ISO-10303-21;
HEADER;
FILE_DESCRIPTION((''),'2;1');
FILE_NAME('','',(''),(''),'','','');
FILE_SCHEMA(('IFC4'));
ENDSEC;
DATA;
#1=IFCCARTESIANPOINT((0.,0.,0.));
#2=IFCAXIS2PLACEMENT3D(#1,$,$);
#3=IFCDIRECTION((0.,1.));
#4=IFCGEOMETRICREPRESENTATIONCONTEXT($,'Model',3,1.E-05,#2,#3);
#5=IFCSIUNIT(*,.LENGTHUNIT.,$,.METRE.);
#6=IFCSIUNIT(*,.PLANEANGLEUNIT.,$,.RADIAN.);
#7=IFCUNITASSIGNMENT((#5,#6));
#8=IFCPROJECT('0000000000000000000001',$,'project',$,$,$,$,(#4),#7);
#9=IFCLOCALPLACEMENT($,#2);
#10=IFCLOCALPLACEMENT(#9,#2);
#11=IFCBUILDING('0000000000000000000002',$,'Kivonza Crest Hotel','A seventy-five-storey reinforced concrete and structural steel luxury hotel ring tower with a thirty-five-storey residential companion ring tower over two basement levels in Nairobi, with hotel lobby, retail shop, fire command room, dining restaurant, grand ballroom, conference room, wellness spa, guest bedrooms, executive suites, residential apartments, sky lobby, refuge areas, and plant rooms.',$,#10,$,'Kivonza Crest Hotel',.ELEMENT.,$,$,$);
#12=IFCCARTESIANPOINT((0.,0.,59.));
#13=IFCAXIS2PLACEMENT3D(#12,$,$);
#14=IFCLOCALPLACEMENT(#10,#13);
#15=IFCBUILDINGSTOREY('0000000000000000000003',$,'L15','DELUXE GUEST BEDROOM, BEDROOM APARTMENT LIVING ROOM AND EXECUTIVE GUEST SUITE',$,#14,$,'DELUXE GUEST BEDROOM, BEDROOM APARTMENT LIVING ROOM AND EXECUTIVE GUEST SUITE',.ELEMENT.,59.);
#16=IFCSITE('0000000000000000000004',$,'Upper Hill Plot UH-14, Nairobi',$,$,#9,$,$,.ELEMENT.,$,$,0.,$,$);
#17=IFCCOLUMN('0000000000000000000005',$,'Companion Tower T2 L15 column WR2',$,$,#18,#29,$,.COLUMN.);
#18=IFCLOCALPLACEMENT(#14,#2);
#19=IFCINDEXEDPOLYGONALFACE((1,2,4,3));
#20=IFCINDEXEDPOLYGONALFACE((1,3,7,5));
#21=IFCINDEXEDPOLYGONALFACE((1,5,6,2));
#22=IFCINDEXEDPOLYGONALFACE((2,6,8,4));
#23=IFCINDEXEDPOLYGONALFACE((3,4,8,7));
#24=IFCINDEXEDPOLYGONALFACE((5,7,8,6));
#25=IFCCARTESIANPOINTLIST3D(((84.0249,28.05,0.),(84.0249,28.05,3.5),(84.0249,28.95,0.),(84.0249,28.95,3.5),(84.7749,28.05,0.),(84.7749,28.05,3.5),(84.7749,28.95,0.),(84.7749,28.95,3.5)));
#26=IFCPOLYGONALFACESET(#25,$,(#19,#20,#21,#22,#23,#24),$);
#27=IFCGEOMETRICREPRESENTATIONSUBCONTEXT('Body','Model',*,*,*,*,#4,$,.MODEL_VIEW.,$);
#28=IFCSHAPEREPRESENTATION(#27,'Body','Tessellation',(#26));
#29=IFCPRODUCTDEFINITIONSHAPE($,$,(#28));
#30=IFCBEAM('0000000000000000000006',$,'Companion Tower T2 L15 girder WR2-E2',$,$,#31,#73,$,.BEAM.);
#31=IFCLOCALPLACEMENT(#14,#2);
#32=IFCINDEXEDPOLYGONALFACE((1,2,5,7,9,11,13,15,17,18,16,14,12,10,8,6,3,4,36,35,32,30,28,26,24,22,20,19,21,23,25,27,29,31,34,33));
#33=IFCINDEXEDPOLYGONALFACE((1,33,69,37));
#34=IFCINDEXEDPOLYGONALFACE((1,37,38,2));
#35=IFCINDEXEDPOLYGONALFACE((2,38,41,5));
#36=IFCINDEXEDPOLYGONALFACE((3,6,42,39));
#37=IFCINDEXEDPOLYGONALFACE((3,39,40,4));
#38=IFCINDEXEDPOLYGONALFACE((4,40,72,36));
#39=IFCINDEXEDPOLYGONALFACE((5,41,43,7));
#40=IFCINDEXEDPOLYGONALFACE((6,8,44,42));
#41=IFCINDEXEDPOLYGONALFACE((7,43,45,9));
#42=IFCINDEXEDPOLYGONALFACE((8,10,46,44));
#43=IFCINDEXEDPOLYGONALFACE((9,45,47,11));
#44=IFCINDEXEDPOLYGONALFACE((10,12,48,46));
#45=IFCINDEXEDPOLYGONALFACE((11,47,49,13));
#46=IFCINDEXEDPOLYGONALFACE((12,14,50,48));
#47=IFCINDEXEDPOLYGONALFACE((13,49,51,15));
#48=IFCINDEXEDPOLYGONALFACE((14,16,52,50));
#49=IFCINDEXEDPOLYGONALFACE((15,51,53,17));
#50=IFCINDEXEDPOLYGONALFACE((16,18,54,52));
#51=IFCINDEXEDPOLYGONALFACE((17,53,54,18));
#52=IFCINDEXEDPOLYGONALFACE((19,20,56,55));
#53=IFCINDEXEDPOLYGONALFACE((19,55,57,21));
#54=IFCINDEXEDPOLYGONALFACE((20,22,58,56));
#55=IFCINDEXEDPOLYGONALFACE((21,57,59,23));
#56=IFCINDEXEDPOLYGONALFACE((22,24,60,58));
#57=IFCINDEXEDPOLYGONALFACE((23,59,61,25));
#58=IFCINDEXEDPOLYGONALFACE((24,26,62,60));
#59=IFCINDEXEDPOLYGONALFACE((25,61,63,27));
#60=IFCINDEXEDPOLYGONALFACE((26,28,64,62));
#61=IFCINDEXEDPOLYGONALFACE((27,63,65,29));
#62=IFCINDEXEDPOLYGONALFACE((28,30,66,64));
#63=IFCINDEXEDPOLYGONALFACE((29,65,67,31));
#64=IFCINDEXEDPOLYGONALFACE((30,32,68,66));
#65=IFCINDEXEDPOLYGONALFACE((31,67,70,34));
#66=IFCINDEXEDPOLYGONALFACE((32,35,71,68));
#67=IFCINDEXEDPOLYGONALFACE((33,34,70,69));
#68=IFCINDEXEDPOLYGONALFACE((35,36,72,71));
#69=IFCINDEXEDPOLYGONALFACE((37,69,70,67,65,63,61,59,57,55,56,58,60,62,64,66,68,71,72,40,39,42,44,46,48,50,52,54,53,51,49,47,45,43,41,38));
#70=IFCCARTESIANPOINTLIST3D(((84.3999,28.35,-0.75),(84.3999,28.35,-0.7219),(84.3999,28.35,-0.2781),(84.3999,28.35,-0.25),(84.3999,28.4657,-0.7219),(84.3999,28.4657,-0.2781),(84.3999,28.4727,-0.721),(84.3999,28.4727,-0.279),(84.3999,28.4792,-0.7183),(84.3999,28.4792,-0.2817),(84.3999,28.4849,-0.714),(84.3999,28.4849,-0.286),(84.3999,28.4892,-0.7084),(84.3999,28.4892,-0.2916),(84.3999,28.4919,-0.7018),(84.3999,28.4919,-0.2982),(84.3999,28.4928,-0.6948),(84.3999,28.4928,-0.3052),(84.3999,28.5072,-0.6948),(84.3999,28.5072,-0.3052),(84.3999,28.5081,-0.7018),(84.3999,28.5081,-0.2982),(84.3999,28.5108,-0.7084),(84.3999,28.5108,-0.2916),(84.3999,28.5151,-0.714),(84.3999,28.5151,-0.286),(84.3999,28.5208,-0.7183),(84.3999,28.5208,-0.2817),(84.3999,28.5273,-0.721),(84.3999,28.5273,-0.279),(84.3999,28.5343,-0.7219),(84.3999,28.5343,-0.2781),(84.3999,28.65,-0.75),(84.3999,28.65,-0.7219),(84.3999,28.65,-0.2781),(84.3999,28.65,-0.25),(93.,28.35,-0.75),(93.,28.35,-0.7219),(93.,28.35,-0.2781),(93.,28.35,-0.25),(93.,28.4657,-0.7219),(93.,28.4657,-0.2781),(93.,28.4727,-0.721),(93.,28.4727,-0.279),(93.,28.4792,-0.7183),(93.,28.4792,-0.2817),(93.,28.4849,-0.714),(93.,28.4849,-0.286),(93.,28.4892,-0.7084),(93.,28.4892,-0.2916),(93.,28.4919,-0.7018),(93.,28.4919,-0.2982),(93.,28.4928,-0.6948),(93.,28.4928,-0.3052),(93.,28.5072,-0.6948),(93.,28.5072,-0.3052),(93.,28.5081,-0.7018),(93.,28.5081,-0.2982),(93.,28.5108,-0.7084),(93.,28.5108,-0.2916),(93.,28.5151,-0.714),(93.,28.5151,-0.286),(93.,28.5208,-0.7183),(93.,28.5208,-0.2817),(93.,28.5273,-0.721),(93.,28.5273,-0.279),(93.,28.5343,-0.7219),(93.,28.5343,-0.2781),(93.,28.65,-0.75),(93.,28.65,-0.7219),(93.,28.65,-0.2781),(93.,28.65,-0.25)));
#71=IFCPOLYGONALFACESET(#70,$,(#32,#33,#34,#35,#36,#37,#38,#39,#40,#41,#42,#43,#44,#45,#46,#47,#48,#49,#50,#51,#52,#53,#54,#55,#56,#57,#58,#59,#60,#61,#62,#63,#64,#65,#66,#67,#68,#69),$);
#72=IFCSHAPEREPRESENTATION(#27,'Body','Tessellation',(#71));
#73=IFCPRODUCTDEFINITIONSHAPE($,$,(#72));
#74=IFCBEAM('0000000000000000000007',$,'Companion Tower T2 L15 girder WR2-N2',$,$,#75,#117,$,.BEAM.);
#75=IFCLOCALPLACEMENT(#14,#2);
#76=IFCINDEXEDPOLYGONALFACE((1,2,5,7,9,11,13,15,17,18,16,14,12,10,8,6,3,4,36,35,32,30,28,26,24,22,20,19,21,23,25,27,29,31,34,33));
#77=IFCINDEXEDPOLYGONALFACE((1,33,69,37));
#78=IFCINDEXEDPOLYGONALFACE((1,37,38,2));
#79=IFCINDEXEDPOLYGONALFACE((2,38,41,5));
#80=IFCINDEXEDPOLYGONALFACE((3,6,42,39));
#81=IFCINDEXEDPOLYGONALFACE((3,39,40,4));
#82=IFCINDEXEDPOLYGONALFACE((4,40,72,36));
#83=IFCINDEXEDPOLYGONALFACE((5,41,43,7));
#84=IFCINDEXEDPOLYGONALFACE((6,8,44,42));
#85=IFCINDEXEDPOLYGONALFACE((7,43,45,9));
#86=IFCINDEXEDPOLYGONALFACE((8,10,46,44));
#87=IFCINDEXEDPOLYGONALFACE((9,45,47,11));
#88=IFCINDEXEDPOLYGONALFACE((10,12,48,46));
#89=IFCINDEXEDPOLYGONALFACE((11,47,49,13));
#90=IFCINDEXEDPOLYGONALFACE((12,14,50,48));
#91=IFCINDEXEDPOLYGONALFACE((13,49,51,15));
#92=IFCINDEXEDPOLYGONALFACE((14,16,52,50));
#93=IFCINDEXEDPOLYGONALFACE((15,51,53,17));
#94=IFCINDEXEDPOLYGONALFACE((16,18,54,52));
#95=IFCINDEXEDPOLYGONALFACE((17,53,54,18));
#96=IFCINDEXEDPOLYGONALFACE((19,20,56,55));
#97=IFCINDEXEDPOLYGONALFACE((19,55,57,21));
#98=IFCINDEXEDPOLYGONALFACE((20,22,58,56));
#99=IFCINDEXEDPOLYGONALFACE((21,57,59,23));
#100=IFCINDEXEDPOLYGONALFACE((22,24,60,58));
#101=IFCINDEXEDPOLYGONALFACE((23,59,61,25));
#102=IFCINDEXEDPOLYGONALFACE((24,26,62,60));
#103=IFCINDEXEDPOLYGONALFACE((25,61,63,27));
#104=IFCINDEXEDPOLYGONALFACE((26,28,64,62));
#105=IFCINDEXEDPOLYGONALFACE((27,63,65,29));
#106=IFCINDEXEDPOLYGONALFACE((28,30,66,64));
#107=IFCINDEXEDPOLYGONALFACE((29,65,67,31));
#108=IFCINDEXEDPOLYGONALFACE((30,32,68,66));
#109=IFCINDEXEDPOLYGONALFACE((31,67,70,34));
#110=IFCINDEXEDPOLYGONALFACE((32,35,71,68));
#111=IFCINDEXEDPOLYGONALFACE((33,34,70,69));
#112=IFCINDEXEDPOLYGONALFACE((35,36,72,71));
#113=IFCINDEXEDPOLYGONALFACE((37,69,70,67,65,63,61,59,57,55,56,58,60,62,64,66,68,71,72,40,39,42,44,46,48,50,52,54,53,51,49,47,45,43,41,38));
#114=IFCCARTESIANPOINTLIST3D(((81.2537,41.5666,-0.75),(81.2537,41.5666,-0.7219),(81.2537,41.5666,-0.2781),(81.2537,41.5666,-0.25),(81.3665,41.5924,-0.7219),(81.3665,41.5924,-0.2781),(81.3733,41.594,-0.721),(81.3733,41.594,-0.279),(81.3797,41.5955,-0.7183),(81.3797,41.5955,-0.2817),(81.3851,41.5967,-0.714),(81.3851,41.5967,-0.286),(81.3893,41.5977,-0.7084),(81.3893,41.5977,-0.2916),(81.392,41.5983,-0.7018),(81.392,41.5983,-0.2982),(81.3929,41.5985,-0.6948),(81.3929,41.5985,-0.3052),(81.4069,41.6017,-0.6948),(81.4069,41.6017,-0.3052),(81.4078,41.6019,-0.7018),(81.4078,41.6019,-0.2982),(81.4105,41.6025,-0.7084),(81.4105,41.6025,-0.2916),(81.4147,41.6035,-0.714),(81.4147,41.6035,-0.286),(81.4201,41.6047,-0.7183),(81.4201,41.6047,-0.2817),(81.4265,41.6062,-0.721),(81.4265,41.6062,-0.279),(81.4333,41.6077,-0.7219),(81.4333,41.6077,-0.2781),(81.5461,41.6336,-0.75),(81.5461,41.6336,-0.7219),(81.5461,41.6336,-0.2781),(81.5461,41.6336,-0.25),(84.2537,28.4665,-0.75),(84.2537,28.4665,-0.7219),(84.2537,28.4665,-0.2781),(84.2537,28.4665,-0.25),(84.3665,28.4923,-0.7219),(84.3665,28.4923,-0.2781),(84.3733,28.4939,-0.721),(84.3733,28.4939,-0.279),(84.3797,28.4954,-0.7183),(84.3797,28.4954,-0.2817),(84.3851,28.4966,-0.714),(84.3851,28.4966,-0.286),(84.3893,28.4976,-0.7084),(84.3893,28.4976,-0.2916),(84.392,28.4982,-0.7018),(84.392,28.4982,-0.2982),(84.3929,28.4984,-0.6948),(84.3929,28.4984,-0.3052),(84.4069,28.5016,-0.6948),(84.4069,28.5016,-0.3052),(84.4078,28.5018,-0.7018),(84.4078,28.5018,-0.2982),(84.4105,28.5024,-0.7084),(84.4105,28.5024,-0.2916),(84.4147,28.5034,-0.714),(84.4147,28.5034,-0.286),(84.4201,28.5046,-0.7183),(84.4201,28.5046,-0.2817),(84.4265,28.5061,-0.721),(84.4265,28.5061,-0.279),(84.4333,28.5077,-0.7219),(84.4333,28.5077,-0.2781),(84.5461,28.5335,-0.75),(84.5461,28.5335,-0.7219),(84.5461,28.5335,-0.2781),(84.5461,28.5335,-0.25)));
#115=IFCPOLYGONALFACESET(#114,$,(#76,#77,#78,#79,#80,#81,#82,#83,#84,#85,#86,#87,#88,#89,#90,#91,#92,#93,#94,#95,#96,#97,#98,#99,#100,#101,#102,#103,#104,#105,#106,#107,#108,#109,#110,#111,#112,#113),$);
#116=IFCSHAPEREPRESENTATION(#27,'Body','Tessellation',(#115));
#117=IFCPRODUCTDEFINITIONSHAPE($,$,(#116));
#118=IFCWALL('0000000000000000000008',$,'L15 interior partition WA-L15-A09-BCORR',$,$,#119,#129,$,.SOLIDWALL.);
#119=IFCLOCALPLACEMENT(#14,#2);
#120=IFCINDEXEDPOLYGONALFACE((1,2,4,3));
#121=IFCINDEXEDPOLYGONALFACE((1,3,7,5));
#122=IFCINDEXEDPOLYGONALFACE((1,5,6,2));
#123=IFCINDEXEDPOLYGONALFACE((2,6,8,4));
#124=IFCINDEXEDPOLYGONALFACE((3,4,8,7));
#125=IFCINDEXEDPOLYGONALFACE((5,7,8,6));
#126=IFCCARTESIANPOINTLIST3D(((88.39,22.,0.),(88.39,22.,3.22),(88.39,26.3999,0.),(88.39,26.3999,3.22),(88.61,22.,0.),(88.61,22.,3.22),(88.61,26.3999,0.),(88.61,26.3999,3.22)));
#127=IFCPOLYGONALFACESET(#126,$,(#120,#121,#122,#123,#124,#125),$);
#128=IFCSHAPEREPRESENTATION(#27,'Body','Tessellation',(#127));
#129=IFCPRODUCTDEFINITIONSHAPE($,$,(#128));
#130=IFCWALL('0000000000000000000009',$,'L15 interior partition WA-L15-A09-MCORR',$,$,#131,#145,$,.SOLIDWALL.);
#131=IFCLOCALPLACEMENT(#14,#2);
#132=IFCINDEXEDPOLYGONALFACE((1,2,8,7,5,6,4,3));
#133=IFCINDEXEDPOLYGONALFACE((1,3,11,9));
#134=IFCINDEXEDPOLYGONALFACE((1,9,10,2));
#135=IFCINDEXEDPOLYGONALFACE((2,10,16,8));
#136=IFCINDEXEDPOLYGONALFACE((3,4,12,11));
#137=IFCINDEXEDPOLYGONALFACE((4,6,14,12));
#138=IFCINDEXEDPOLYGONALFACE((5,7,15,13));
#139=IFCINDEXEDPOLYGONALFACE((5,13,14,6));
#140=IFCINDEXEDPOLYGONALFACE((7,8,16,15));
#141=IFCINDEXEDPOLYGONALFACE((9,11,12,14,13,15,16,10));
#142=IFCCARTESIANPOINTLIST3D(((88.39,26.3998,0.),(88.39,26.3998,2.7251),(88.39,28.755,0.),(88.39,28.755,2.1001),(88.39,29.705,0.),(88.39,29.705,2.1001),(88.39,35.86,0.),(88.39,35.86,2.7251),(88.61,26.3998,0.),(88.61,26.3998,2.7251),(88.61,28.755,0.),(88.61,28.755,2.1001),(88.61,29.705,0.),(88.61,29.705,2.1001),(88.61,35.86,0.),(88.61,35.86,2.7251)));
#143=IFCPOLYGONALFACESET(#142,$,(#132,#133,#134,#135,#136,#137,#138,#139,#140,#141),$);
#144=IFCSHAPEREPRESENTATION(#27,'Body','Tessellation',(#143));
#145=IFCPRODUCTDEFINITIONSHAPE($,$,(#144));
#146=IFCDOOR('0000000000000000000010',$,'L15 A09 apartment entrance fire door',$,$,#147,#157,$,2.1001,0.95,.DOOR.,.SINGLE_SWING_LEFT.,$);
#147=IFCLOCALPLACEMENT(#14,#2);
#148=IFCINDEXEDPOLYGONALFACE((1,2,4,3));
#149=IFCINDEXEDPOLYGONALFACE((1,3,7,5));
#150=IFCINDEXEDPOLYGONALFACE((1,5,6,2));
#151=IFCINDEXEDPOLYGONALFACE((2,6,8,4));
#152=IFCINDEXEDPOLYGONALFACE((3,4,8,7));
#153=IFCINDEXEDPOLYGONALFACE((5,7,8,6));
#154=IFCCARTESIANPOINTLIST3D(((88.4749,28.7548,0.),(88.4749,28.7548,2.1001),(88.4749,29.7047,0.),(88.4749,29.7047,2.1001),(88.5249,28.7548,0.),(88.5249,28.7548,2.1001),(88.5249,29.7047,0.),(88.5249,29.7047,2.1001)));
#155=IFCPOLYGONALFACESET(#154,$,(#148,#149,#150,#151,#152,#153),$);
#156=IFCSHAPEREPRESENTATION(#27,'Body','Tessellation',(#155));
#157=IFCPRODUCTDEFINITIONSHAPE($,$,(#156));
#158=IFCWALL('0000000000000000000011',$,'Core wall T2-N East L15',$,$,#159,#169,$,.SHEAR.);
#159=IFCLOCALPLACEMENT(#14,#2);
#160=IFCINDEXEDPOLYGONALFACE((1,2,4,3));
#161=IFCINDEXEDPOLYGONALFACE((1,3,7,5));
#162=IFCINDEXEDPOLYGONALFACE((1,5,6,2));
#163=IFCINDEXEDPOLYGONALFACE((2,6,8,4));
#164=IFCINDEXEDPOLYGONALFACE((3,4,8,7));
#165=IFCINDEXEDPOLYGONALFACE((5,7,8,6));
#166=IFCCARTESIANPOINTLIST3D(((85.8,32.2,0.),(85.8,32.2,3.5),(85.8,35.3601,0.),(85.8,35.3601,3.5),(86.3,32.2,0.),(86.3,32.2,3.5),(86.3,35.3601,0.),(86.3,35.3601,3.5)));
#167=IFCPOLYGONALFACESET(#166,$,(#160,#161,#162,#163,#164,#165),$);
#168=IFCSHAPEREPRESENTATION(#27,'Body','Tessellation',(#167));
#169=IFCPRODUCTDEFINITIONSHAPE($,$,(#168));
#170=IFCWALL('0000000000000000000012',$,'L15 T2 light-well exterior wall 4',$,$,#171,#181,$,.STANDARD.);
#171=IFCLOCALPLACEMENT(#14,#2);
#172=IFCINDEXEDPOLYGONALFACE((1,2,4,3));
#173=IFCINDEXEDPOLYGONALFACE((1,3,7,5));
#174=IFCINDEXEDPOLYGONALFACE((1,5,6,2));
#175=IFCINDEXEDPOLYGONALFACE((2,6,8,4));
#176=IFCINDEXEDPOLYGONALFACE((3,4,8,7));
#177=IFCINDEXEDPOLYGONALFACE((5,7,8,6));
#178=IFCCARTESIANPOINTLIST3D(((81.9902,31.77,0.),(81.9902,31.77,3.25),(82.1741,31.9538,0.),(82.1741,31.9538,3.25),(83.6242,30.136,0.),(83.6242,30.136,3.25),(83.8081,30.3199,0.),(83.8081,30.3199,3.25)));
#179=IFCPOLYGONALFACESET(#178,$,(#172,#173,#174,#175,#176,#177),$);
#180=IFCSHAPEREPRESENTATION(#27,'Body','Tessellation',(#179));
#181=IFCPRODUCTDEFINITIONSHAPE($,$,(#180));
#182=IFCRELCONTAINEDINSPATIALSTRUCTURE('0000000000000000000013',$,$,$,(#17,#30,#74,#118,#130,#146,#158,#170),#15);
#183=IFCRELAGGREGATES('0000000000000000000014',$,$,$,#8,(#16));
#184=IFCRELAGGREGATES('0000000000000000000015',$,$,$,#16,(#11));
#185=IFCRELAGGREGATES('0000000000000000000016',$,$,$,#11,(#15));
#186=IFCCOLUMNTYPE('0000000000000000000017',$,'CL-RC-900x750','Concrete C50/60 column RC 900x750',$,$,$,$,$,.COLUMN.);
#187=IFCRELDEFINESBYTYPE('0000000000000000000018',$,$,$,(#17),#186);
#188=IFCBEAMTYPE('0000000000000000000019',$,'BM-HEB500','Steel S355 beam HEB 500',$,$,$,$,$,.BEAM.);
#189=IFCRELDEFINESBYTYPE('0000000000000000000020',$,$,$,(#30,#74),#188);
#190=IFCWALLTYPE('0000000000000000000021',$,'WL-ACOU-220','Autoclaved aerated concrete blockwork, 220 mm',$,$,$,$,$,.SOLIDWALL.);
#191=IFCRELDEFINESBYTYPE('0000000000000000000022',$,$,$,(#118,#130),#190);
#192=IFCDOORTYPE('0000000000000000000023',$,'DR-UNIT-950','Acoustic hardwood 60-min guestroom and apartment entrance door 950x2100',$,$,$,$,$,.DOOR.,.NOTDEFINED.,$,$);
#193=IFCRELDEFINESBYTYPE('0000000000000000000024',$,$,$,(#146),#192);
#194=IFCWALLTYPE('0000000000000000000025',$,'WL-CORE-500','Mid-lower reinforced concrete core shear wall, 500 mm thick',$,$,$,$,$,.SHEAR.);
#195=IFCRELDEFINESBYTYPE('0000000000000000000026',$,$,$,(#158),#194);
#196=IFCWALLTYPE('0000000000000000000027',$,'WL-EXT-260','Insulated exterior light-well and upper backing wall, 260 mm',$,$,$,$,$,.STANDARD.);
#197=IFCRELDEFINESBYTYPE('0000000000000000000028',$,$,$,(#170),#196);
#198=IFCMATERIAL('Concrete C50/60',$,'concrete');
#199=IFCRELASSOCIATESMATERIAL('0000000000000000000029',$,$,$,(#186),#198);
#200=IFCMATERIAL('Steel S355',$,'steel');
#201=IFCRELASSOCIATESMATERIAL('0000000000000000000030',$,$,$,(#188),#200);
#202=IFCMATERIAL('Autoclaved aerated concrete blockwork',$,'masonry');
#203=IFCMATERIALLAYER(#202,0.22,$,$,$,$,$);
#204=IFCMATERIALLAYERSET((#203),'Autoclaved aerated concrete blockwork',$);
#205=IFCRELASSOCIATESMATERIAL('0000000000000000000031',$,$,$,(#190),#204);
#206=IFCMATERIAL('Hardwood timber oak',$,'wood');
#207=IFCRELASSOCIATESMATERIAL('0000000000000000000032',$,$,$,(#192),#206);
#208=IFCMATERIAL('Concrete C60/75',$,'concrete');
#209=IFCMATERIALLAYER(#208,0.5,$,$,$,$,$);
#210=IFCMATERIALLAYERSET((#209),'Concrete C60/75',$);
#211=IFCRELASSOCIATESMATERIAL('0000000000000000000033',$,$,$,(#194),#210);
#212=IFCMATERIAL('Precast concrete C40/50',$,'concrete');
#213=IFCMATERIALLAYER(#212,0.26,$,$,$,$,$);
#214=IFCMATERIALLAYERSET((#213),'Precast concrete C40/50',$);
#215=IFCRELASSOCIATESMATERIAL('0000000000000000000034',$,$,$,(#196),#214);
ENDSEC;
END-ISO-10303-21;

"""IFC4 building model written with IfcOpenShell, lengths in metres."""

from ifc_helpers import new_model, si_unit, direction, frame, frame_2d, origin, origin_2d, place, context, subcontext, project, spatial, rectangle, i_section, extrude, material, layer, layer_set, material_profile, profile_set, type_object, element, fill, save


model = new_model("IFC4")

# Units and contexts
model_context = context("Model", 3, precision=1e-05, world=origin(), true_north=direction((0.0, 1.0)))
body_context = subcontext(model_context, "Body", "Model", "MODEL_VIEW")
ifc_project = project(units=[si_unit("LENGTHUNIT", "METRE"), si_unit("PLANEANGLEUNIT", "RADIAN")], contexts=[model_context])

# Site, building, storey
site_placement = place(None, origin())
site = spatial("IfcSite", under=ifc_project, at=site_placement, Name="Upper Hill Plot UH-14, Nairobi", CompositionType="ELEMENT", RefElevation=0.0)
building_placement = place(site_placement, origin())
building = spatial("IfcBuilding", under=site, at=building_placement, Name="Kivonza Crest Hotel", Description="A seventy-five-storey reinforced concrete and structural steel luxury hotel ring tower with a thirty-five-storey residential companion ring tower over two basement levels in Nairobi, with hotel lobby, retail shop, fire command room, dining restaurant, grand ballroom, conference room, wellness spa, guest bedrooms, executive suites, residential apartments, sky lobby, refuge areas, and plant rooms.", LongName="Kivonza Crest Hotel", CompositionType="ELEMENT")
storey_placement = place(building_placement, frame((0.0, 0.0, 59.0)))
storey = spatial("IfcBuildingStorey", under=building, at=storey_placement, Name="L15", Description="DELUXE GUEST BEDROOM, BEDROOM APARTMENT LIVING ROOM AND EXECUTIVE GUEST SUITE", LongName="DELUXE GUEST BEDROOM, BEDROOM APARTMENT LIVING ROOM AND EXECUTIVE GUEST SUITE", CompositionType="ELEMENT", Elevation=59.0)

# Column
ifc_material_1 = material(Name="Concrete C50/60", Category="concrete")
ifc_material_profile_1 = material_profile(ifc_material_1, rectangle(XDim=0.75, YDim=0.8999, at=origin_2d()), Name="RC 900x750")
ifc_profile_set_1 = profile_set([ifc_material_profile_1], Name="Concrete C50/60")
column_type = type_object("IfcColumnType", Name="CL-RC-900x750", Description="Concrete C50/60 column RC 900x750", PredefinedType="COLUMN", material=ifc_profile_set_1)
column_placement = place(storey_placement, frame((84.3999, 28.5, 0.0), z_axis=(0.0, 0.0, 1.0), x_axis=(1.0, 0.0, 0.0)))
element("IfcColumn", 1, at=column_placement, inside=storey, type_object=column_type, Name="Companion Tower T2 L15 column WR2", PredefinedType="COLUMN", context=body_context, shape_type="SweptSolid", body=[
    extrude(rectangle(XDim=0.75, YDim=0.8999, at=origin_2d()), origin(), (0.0, 0.0, 1.0), 3.5),
])

# Beams
ifc_material_2 = material(Name="Steel S355", Category="steel")
ifc_material_profile_2 = material_profile(ifc_material_2, i_section(OverallWidth=0.3, OverallDepth=0.5, WebThickness=0.0144, FlangeThickness=0.0281, FilletRadius=0.0271, at=origin_2d()), Name="HEB 500")
ifc_profile_set_2 = profile_set([ifc_material_profile_2], Name="Steel S355")
beam_type = type_object("IfcBeamType", Name="BM-HEB500", Description="Steel S355 beam HEB 500", PredefinedType="BEAM", material=ifc_profile_set_2)
beam_1_placement = place(storey_placement, frame((84.3999, 28.5, -0.5), z_axis=(1.0, 0.0, 0.0), x_axis=(0.0, 1.0, 0.0)))
element("IfcBeam", 2, at=beam_1_placement, inside=storey, type_object=beam_type, Name="Companion Tower T2 L15 girder WR2-E2", PredefinedType="BEAM", context=body_context, shape_type="SweptSolid", body=[
    extrude(i_section(OverallWidth=0.3, OverallDepth=0.5, WebThickness=0.0144, FlangeThickness=0.0281, FilletRadius=0.0271, at=origin_2d()), origin(), (0.0, 0.0, 1.0), 8.6001),
])
beam_2_placement = place(storey_placement, frame((84.3999, 28.5, -0.5), z_axis=(-0.223227, 0.974766, 0.0), x_axis=(-0.974766, -0.223227, 0.0)))
element("IfcBeam", 3, at=beam_2_placement, inside=storey, type_object=beam_type, Name="Companion Tower T2 L15 girder WR2-N2", PredefinedType="BEAM", context=body_context, shape_type="SweptSolid", body=[
    extrude(i_section(OverallWidth=0.3, OverallDepth=0.5, WebThickness=0.0144, FlangeThickness=0.0281, FilletRadius=0.0271, at=origin_2d()), origin(), (0.0, 0.0, 1.0), 13.4392),
])

# Wall
ifc_material_3 = material(Name="Autoclaved aerated concrete blockwork", Category="masonry")
ifc_layer_1 = layer(ifc_material_3, 0.22)
ifc_layer_set_1 = layer_set([ifc_layer_1], Name="Autoclaved aerated concrete blockwork")
wall_type_1 = type_object("IfcWallType", Name="WL-ACOU-220", Description="Autoclaved aerated concrete blockwork, 220 mm", PredefinedType="SOLIDWALL", material=ifc_layer_set_1)
wall_1_placement = place(storey_placement, frame((88.5, 22.0, 0.0), z_axis=(0.0, 0.0, 1.0), x_axis=(0.0, 1.0, 0.0)))
element("IfcWall", 4, at=wall_1_placement, inside=storey, type_object=wall_type_1, Name="L15 interior partition WA-L15-A09-BCORR", PredefinedType="SOLIDWALL", context=body_context, shape_type="SweptSolid", body=[
    extrude(rectangle(XDim=4.3999, YDim=0.22, at=frame_2d((2.2, 0.0))), origin(), (0.0, 0.0, 1.0), 3.22),
])

# Wall, opening, door
wall_2_placement = place(storey_placement, frame((88.5, 26.3999, 0.0), z_axis=(0.0, 0.0, 1.0), x_axis=(0.0, 1.0, 0.0)))
wall_2 = element("IfcWall", 5, at=wall_2_placement, inside=storey, type_object=wall_type_1, Name="L15 interior partition WA-L15-A09-MCORR", PredefinedType="SOLIDWALL", context=body_context, shape_type="SweptSolid", body=[
    extrude(rectangle(XDim=9.4602, YDim=0.22, at=frame_2d((4.73, 0.0))), origin(), (0.0, 0.0, 1.0), 2.7251),
])
opening_1_placement = place(wall_2_placement, frame((2.355, 0.0, 0.0)))
opening_1 = element("IfcOpeningElement", 6, at=opening_1_placement, cuts=wall_2, PredefinedType="OPENING", context=body_context, shape_type="SweptSolid", body=[
    extrude(rectangle(XDim=0.95, YDim=2.1001, at=frame_2d((0.4751, 1.05))), frame((0.0, 0.1201, 0.0), z_axis=(0.0, -1.0, 0.0), x_axis=(1.0, 0.0, 0.0)), (0.0, 0.0, 1.0), 0.24),
])
ifc_material_4 = material(Name="Hardwood timber oak", Category="wood")
door_type_1 = type_object("IfcDoorType", Name="DR-UNIT-950", Description="Acoustic hardwood 60-min guestroom and apartment entrance door 950x2100", OperationType="NOTDEFINED", PredefinedType="DOOR", material=ifc_material_4)
door_1_placement = place(opening_1_placement, frame((0.95, 0.0, 0.0), z_axis=(0.0, 0.0, 1.0), x_axis=(-1.0, 0.0, 0.0)))
door_1 = element("IfcDoor", 7, at=door_1_placement, inside=storey, type_object=door_type_1, Name="L15 A09 apartment entrance fire door", OperationType="SINGLE_SWING_LEFT", OverallHeight=2.1001, OverallWidth=0.95, PredefinedType="DOOR", context=body_context, shape_type="SweptSolid", body=[
    extrude(rectangle(XDim=0.95, YDim=2.1001, at=frame_2d((0.4751, 1.05))), frame((0.0, 0.0249, 0.0), z_axis=(0.0, -1.0, 0.0), x_axis=(1.0, 0.0, 0.0)), (0.0, 0.0, 1.0), 0.05),
])
fill(opening_1, door_1)

# Walls
ifc_material_5 = material(Name="Concrete C60/75", Category="concrete")
ifc_layer_2 = layer(ifc_material_5, 0.5)
ifc_layer_set_2 = layer_set([ifc_layer_2], Name="Concrete C60/75")
wall_type_2 = type_object("IfcWallType", Name="WL-CORE-500", Description="Mid-lower reinforced concrete core shear wall, 500 mm thick", PredefinedType="SHEAR", material=ifc_layer_set_2)
wall_3_placement = place(storey_placement, frame((86.05, 32.2, 0.0), z_axis=(0.0, 0.0, 1.0), x_axis=(0.0, 1.0, 0.0)))
element("IfcWall", 8, at=wall_3_placement, inside=storey, type_object=wall_type_2, Name="Core wall T2-N East L15", PredefinedType="SHEAR", context=body_context, shape_type="SweptSolid", body=[
    extrude(rectangle(XDim=3.1602, YDim=0.5, at=frame_2d((1.5801, 0.0))), origin(), (0.0, 0.0, 1.0), 3.5),
])
ifc_material_6 = material(Name="Precast concrete C40/50", Category="concrete")
ifc_layer_3 = layer(ifc_material_6, 0.26)
ifc_layer_set_3 = layer_set([ifc_layer_3], Name="Precast concrete C40/50")
wall_type_3 = type_object("IfcWallType", Name="WL-EXT-260", Description="Insulated exterior light-well and upper backing wall, 260 mm", PredefinedType="STANDARD", material=ifc_layer_set_3)
wall_4_placement = place(storey_placement, frame((83.7161, 30.228, 0.0), z_axis=(0.0, 0.0, 1.0), x_axis=(-0.707107, 0.707107, 0.0)))
element("IfcWall", 9, at=wall_4_placement, inside=storey, type_object=wall_type_3, Name="L15 T2 light-well exterior wall 4", PredefinedType="STANDARD", context=body_context, shape_type="SweptSolid", body=[
    extrude(rectangle(XDim=2.3108, YDim=0.26, at=frame_2d((1.1553, 0.0))), origin(), (0.0, 0.0, 1.0), 3.25),
])

save(model, "model.ifc")
